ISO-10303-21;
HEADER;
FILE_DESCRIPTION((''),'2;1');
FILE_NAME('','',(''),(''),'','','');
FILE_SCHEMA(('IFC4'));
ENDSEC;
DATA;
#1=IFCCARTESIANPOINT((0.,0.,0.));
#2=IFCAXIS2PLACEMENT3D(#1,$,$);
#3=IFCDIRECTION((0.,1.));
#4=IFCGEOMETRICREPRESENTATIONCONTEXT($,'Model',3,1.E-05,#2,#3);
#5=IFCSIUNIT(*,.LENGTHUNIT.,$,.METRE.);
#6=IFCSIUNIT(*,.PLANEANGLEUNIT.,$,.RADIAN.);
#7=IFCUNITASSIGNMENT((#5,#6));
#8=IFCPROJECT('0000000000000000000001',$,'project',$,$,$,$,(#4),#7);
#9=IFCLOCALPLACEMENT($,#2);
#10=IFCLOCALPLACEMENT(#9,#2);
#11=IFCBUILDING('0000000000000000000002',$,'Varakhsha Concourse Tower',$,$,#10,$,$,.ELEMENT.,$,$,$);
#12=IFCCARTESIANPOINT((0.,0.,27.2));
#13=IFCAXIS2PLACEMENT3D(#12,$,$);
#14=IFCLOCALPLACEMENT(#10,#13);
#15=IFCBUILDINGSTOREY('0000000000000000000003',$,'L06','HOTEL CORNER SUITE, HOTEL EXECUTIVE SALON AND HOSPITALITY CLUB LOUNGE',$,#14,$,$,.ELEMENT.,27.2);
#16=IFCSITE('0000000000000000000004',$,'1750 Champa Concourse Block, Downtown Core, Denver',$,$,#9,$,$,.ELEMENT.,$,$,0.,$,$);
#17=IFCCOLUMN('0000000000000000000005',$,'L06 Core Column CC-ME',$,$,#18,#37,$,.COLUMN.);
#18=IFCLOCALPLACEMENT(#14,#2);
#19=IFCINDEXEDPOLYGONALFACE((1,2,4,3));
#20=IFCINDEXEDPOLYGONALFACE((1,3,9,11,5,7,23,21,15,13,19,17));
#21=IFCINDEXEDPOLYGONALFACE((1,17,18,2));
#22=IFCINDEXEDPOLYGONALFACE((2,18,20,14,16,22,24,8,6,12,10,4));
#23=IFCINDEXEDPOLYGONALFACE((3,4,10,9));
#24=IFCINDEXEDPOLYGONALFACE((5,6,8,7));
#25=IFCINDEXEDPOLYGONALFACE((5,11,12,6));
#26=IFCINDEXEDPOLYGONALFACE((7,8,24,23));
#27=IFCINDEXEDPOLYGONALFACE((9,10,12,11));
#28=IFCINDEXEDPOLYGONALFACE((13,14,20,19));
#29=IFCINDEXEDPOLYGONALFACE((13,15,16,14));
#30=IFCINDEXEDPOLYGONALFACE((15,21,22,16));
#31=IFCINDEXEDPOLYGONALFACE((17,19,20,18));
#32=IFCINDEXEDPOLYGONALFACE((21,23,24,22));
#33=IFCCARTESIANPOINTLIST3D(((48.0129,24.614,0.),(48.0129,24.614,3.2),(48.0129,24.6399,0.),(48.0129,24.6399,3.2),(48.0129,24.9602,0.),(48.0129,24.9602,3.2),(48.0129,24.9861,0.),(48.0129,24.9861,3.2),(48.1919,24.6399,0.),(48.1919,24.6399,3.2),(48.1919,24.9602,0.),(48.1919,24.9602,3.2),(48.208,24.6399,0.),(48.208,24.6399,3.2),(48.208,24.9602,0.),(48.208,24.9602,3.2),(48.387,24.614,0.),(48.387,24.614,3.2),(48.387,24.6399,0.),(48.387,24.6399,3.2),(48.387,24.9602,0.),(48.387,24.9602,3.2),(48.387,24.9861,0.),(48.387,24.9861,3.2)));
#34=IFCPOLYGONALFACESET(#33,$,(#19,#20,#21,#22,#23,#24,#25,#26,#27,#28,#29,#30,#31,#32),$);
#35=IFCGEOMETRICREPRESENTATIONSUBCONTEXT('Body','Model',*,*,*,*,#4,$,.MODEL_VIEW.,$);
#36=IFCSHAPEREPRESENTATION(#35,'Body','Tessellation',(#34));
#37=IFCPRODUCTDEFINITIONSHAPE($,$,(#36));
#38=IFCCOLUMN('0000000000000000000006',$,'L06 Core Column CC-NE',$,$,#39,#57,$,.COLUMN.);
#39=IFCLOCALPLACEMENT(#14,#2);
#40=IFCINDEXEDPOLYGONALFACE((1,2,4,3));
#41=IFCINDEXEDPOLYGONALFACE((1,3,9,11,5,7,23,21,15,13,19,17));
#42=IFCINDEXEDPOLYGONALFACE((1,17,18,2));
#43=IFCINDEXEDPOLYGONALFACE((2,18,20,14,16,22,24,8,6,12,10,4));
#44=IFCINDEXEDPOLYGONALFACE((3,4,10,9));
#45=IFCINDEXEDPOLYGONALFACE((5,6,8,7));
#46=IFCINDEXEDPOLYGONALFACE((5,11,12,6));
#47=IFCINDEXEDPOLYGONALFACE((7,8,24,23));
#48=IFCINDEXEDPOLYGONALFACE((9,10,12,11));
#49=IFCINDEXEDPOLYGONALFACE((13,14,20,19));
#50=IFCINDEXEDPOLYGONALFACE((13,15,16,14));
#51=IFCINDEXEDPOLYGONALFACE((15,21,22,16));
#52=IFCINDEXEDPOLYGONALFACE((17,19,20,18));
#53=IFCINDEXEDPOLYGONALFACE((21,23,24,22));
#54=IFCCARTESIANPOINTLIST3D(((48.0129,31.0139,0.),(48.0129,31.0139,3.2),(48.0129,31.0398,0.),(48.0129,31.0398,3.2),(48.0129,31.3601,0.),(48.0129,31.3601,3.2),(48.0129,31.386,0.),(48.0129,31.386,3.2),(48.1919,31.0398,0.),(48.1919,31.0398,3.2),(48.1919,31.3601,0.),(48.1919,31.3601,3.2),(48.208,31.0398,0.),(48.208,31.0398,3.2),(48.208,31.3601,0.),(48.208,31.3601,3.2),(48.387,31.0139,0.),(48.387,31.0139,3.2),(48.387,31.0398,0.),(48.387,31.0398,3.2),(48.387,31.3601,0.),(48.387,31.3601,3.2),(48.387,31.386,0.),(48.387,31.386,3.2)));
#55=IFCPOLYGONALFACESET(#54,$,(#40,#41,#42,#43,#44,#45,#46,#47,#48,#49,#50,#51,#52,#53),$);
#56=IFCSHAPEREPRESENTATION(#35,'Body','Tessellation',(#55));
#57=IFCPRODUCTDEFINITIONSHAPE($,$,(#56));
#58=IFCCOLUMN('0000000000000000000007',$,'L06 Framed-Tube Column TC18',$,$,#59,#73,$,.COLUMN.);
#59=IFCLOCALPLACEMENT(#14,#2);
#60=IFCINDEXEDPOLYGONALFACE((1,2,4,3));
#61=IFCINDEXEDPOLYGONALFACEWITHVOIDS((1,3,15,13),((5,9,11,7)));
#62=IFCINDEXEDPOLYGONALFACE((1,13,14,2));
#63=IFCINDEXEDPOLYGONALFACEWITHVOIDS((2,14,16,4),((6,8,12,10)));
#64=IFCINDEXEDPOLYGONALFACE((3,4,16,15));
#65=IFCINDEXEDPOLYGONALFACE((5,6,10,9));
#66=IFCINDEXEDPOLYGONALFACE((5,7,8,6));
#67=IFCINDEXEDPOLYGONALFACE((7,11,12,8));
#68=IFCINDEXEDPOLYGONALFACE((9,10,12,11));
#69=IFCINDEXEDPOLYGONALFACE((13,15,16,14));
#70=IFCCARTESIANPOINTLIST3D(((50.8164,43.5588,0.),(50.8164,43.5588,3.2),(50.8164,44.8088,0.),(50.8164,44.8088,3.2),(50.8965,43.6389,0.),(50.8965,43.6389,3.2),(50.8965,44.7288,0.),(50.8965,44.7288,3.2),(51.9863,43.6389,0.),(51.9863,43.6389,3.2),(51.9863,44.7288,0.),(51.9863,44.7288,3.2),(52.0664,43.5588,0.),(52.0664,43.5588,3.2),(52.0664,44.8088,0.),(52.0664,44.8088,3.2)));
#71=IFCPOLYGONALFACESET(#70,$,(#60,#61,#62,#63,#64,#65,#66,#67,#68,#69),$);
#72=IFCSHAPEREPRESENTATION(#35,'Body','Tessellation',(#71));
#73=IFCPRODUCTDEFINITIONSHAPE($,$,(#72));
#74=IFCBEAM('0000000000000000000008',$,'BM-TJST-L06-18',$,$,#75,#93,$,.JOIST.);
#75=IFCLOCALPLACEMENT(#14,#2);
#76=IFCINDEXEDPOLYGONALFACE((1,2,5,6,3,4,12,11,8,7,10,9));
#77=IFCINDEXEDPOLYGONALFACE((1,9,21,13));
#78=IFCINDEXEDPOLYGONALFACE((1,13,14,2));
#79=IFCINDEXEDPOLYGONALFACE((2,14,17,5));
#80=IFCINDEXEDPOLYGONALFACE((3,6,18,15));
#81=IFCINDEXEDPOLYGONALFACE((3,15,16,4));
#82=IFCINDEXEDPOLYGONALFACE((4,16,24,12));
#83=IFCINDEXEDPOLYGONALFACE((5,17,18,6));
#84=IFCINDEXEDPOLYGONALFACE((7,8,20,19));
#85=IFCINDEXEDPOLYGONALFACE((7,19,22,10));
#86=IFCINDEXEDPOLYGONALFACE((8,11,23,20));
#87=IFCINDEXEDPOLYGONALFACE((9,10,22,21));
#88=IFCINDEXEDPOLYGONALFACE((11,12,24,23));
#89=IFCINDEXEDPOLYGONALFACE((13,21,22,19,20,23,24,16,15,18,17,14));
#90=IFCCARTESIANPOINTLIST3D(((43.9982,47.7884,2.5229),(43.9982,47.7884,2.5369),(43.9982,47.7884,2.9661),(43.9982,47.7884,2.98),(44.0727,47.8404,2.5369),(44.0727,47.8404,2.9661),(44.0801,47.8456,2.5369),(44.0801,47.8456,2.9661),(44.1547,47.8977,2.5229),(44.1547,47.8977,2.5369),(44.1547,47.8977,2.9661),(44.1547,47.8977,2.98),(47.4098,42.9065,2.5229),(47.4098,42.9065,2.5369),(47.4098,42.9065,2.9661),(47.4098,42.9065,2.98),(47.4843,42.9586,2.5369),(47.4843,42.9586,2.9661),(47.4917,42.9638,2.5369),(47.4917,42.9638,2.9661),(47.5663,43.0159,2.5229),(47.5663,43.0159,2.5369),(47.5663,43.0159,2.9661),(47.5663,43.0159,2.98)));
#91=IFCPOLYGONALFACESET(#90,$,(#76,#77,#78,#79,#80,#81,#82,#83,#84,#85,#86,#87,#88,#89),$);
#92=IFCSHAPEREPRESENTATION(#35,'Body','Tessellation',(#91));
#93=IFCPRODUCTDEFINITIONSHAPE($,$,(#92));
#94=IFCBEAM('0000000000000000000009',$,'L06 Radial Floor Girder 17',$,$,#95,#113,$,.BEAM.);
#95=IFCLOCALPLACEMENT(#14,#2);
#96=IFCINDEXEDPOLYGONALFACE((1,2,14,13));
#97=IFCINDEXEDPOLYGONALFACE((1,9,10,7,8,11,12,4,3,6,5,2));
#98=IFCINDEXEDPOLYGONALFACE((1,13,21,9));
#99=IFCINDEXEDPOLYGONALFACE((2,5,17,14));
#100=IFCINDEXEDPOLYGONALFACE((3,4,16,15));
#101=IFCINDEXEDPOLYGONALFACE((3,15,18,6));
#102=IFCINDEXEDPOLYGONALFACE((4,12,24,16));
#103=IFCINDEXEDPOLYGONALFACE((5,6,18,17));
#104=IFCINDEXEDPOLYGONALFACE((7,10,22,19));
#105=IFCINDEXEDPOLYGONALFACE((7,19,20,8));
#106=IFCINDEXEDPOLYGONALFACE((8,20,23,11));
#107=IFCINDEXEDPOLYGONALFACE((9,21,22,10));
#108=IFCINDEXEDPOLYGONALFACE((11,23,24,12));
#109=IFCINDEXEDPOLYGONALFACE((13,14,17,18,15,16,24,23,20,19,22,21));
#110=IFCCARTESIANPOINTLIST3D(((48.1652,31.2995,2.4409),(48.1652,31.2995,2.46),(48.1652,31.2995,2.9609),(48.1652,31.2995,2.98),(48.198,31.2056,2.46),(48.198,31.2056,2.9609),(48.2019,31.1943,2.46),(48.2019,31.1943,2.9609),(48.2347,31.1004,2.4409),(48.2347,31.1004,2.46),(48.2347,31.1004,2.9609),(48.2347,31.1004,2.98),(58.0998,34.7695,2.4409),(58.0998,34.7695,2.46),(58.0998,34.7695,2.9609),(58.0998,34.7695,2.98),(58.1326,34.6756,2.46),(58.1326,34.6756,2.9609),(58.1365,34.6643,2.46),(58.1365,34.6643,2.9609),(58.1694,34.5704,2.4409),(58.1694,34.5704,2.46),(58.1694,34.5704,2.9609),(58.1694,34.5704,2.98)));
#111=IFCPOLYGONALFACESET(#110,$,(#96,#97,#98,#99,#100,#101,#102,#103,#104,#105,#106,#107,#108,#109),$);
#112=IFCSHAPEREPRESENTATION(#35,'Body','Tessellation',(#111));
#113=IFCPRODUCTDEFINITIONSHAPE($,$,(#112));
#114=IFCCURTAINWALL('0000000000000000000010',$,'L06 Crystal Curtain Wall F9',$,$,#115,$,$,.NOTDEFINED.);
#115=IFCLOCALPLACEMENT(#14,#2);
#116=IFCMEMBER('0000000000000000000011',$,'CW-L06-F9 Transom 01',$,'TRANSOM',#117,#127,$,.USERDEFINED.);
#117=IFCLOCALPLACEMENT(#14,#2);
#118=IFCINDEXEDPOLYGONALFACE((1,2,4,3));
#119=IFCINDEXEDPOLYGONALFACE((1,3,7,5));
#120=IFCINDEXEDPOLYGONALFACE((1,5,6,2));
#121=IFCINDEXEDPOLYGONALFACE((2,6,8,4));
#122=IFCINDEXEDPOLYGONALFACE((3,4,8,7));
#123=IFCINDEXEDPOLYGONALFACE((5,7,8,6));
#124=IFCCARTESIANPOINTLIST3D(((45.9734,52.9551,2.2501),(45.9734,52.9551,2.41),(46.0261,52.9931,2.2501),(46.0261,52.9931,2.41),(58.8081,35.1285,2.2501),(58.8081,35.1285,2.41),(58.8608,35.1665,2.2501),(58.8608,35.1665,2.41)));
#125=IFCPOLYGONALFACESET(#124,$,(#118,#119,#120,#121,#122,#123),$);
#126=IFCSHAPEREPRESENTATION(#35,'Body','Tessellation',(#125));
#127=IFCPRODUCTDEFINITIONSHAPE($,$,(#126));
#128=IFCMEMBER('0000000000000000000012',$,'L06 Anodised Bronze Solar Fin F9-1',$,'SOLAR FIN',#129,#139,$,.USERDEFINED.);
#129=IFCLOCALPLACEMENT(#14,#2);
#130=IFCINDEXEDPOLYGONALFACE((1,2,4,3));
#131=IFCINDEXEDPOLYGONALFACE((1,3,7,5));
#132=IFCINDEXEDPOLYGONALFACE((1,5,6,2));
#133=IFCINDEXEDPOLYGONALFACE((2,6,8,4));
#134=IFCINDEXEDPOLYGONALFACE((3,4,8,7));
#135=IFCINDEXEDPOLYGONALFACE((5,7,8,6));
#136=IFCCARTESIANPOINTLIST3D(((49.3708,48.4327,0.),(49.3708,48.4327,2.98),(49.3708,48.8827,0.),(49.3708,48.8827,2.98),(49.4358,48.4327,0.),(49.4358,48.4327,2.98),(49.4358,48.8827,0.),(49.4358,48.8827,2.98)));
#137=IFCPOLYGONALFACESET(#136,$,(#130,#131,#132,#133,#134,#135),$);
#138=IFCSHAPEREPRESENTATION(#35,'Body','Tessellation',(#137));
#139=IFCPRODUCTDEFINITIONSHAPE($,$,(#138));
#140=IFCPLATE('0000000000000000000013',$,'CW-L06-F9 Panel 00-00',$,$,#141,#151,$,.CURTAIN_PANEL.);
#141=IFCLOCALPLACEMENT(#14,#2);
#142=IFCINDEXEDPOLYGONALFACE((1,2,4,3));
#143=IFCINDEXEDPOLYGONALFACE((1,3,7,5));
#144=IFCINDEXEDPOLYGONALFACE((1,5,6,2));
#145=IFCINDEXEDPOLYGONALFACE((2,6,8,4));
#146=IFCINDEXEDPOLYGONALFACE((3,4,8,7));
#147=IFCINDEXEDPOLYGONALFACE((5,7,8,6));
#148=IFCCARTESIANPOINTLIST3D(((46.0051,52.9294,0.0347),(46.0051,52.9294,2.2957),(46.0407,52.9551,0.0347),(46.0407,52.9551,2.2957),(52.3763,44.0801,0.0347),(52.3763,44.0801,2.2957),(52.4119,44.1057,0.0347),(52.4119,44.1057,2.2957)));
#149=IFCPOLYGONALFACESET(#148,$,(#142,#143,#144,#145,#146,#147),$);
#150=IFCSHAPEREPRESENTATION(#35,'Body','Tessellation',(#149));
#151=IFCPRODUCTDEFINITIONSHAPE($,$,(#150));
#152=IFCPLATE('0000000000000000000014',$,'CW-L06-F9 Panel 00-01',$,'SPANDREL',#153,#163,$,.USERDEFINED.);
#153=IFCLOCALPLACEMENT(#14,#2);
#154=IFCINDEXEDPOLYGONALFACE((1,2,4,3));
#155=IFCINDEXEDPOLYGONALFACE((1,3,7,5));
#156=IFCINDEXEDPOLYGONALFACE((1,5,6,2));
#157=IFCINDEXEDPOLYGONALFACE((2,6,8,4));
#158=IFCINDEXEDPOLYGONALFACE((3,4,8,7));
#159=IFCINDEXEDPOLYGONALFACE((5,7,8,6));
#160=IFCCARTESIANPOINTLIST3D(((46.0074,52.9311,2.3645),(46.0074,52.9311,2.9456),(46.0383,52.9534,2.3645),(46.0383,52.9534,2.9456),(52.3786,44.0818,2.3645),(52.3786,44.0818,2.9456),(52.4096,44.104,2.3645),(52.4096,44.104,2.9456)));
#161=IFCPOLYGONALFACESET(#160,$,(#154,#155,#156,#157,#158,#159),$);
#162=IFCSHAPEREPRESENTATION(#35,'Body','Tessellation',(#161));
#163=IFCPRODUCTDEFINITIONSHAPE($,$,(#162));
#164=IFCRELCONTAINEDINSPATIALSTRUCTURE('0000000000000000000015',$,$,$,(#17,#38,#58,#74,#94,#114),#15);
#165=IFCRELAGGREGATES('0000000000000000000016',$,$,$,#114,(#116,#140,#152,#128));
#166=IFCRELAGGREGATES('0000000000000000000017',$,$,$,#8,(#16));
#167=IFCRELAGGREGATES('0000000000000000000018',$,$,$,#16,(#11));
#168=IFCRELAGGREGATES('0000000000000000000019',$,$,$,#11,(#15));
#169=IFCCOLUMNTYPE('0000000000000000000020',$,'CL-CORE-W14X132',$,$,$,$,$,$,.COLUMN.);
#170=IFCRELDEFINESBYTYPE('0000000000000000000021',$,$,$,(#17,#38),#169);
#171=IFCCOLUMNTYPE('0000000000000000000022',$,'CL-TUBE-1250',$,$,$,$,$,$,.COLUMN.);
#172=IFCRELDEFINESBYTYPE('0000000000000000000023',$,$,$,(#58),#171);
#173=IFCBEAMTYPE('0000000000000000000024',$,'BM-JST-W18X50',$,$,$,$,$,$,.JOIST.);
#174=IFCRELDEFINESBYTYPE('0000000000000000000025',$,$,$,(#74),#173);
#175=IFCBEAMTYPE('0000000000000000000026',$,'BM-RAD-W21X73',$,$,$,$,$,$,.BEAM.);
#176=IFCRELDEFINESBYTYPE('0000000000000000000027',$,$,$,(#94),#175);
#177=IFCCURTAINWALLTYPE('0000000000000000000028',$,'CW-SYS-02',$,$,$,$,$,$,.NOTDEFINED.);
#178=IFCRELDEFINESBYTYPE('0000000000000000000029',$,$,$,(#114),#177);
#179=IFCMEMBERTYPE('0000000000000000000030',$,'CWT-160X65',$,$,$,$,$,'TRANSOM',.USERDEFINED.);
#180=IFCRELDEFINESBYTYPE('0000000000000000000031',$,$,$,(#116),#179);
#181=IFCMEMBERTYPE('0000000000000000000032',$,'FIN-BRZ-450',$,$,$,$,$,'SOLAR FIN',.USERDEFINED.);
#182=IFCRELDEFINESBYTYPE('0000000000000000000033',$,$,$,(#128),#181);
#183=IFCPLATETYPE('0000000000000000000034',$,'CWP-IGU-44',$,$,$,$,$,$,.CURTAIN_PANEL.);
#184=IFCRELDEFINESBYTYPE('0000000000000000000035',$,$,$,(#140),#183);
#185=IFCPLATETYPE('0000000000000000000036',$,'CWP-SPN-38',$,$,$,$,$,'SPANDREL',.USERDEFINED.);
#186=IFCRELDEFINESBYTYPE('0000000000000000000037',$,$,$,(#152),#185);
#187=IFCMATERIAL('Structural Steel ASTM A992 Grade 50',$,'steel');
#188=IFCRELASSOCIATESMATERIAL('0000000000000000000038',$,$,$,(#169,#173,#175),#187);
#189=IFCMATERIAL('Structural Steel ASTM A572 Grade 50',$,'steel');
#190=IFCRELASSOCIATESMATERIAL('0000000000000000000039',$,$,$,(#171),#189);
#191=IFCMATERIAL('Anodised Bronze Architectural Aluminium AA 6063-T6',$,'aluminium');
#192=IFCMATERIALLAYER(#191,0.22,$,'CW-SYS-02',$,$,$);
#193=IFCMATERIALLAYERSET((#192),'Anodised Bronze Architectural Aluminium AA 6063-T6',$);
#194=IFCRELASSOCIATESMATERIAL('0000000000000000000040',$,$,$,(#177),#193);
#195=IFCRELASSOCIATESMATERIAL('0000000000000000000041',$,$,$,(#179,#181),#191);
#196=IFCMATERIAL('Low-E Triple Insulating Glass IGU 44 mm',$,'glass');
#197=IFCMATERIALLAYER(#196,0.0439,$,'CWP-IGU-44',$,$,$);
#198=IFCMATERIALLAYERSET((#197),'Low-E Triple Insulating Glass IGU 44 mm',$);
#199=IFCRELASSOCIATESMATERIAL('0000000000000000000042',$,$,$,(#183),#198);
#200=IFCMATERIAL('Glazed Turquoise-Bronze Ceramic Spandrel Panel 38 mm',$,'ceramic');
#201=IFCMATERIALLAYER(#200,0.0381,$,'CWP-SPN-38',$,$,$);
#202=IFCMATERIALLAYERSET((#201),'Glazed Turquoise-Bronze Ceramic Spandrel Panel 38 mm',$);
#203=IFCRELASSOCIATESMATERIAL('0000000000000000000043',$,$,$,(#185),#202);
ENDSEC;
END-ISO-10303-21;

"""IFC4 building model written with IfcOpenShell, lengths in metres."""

from ifc_helpers import new_model, si_unit, direction, frame, origin, origin_2d, place, context, subcontext, project, spatial, rectangle, hollow_rectangle, i_section, extrude, source, transform, mapped, material, layer, layer_set, material_profile, profile_set, type_object, type_shapes, element, aggregate, save


model = new_model("IFC4")

# Units and contexts
model_context = context("Model", 3, precision=1e-05, world=origin(), true_north=direction((0.0, 1.0)))
body_context = subcontext(model_context, "Body", "Model", "MODEL_VIEW")
ifc_project = project(units=[si_unit("LENGTHUNIT", "METRE"), si_unit("PLANEANGLEUNIT", "RADIAN")], contexts=[model_context])

# Site, building, storey
site_placement = place(None, origin())
site = spatial("IfcSite", under=ifc_project, at=site_placement, Name="1750 Champa Concourse Block, Downtown Core, Denver", CompositionType="ELEMENT", RefElevation=0.0)
building_placement = place(site_placement, origin())
building = spatial("IfcBuilding", under=site, at=building_placement, Name="Varakhsha Concourse Tower", CompositionType="ELEMENT")
storey_placement = place(building_placement, frame((0.0, 0.0, 27.2)))
storey = spatial("IfcBuildingStorey", under=building, at=storey_placement, Name="L06", Description="HOTEL CORNER SUITE, HOTEL EXECUTIVE SALON AND HOSPITALITY CLUB LOUNGE", CompositionType="ELEMENT", Elevation=27.2)

# Columns
ifc_material_1 = material(Name="Structural Steel ASTM A992 Grade 50", Category="steel")
ifc_material_profile_1 = material_profile(ifc_material_1, i_section(OverallWidth=0.374, OverallDepth=0.3721, WebThickness=0.0161, FlangeThickness=0.0259, at=origin_2d()), Name="W14X132")
ifc_profile_set_1 = profile_set([ifc_material_profile_1], Name="Structural Steel ASTM A992 Grade 50")
column_type_1 = type_object("IfcColumnType", Name="CL-CORE-W14X132", PredefinedType="COLUMN", material=ifc_profile_set_1)
for number, where, z_axis, x_axis, name in (
    (1, (48.2, 24.8, 0.0), (0.0, 0.0, 1.0), (1.0, 0.0, 0.0), "L06 Core Column CC-ME"),
    (2, (48.2, 31.2, 0.0), (0.0, 0.0, 1.0), (1.0, 0.0, 0.0), "L06 Core Column CC-NE"),
):
    element("IfcColumn", number, at=place(storey_placement, frame(where, z_axis=z_axis, x_axis=x_axis)), inside=storey, type_object=column_type_1, Name=name, PredefinedType="COLUMN", context=body_context, shape_type="SweptSolid", body=[
        extrude(i_section(OverallWidth=0.374, OverallDepth=0.3721, WebThickness=0.0161, FlangeThickness=0.0259, at=origin_2d()), origin(), (0.0, 0.0, 1.0), 3.2),
    ])
ifc_material_2 = material(Name="Structural Steel ASTM A572 Grade 50", Category="steel")
ifc_material_profile_2 = material_profile(ifc_material_2, hollow_rectangle(XDim=1.25, YDim=1.25, WallThickness=0.0801, at=origin_2d()), Name="BOX 1250x1250x80")
ifc_profile_set_2 = profile_set([ifc_material_profile_2], Name="Structural Steel ASTM A572 Grade 50")
column_type_2 = type_object("IfcColumnType", Name="CL-TUBE-1250", PredefinedType="COLUMN", material=ifc_profile_set_2)
column_placement = place(storey_placement, frame((51.4414, 44.1838, 0.0), z_axis=(0.0, 0.0, 1.0), x_axis=(1.0, 0.0, 0.0)))
element("IfcColumn", 3, at=column_placement, inside=storey, type_object=column_type_2, Name="L06 Framed-Tube Column TC18", PredefinedType="COLUMN", context=body_context, shape_type="SweptSolid", body=[
    extrude(hollow_rectangle(XDim=1.25, YDim=1.25, WallThickness=0.0801, at=origin_2d()), origin(), (0.0, 0.0, 1.0), 3.2),
])

# Beams
ifc_material_profile_3 = material_profile(ifc_material_1, i_section(OverallWidth=0.1909, OverallDepth=0.457, WebThickness=0.009, FlangeThickness=0.0139, at=origin_2d()), Name="W18X50")
ifc_profile_set_3 = profile_set([ifc_material_profile_3], Name="Structural Steel ASTM A992 Grade 50")
beam_type_1 = type_object("IfcBeamType", Name="BM-JST-W18X50", PredefinedType="JOIST", material=ifc_profile_set_3)
beam_1_placement = place(storey_placement, frame((47.488, 42.9612, 2.7515), z_axis=(-0.572824, 0.819678, 0.0), x_axis=(-0.819678, -0.572824, 0.0)))
element("IfcBeam", 4, at=beam_1_placement, inside=storey, type_object=beam_type_1, Name="BM-TJST-L06-18", PredefinedType="JOIST", context=body_context, shape_type="SweptSolid", body=[
    extrude(i_section(OverallWidth=0.1909, OverallDepth=0.457, WebThickness=0.009, FlangeThickness=0.0139, at=origin_2d()), origin(), (0.0, 0.0, 1.0), 5.9558),
])
ifc_material_profile_4 = material_profile(ifc_material_1, i_section(OverallWidth=0.2109, OverallDepth=0.5391, WebThickness=0.012, FlangeThickness=0.019, at=origin_2d()), Name="W21X73")
ifc_profile_set_4 = profile_set([ifc_material_profile_4], Name="Structural Steel ASTM A992 Grade 50")
beam_type_2 = type_object("IfcBeamType", Name="BM-RAD-W21X73", PredefinedType="BEAM", material=ifc_profile_set_4)
beam_2_placement = place(storey_placement, frame((48.2, 31.2, 2.7104), z_axis=(0.944069, 0.329747, 0.0), x_axis=(-0.329747, 0.944069, 0.0)))
element("IfcBeam", 5, at=beam_2_placement, inside=storey, type_object=beam_type_2, Name="L06 Radial Floor Girder 17", PredefinedType="BEAM", context=body_context, shape_type="SweptSolid", body=[
    extrude(i_section(OverallWidth=0.2109, OverallDepth=0.5391, WebThickness=0.012, FlangeThickness=0.019, at=origin_2d()), origin(), (0.0, 0.0, 1.0), 10.5232),
])

# Curtain wall, members, plates
ifc_material_3 = material(Name="Anodised Bronze Architectural Aluminium AA 6063-T6", Category="aluminium")
ifc_layer_1 = layer(ifc_material_3, 0.22, Name="CW-SYS-02")
ifc_layer_set_1 = layer_set([ifc_layer_1], Name="Anodised Bronze Architectural Aluminium AA 6063-T6")
curtain_wall_type = type_object("IfcCurtainWallType", Name="CW-SYS-02", PredefinedType="NOTDEFINED", material=ifc_layer_set_1)
curtain_wall_placement = place(storey_placement, origin())
curtain_wall = element("IfcCurtainWall", 6, at=curtain_wall_placement, inside=storey, type_object=curtain_wall_type, Name="L06 Crystal Curtain Wall F9", PredefinedType="NOTDEFINED")
ifc_material_profile_5 = material_profile(ifc_material_3, rectangle(XDim=0.0649, YDim=0.1599, at=origin_2d()), Name="CWT-160X65")
ifc_profile_set_5 = profile_set([ifc_material_profile_5], Name="Anodised Bronze Architectural Aluminium AA 6063-T6")
member_type_1 = type_object("IfcMemberType", Name="CWT-160X65", ElementType="TRANSOM", PredefinedType="USERDEFINED", material=ifc_profile_set_5)
shared_shape_1 = source(origin(), body_context, "Body", "SweptSolid", [
    extrude(rectangle(XDim=0.0649, YDim=0.1599, at=origin_2d()), origin(), (0.0, 0.0, 1.0), 21.9663),
])
type_shapes(member_type_1, [shared_shape_1])
member_1_placement = place(storey_placement, frame((45.9998, 52.9741, 2.3301), z_axis=(0.58429, -0.811545, 0.0), x_axis=(0.811545, 0.58429, 0.0)))
member_1 = element("IfcMember", 7, at=member_1_placement, type_object=member_type_1, Name="CW-L06-F9 Transom 01", ObjectType="TRANSOM", PredefinedType="USERDEFINED", context=body_context, shape_type="MappedRepresentation", body=[
    mapped(shared_shape_1, transform((0.0, 0.0, 0.0), scale=1.0)),
])
ifc_material_profile_6 = material_profile(ifc_material_3, rectangle(XDim=0.0649, YDim=0.45, at=origin_2d()), Name="FIN-BRZ-450")
ifc_profile_set_6 = profile_set([ifc_material_profile_6], Name="Anodised Bronze Architectural Aluminium AA 6063-T6")
member_type_2 = type_object("IfcMemberType", Name="FIN-BRZ-450", ElementType="SOLAR FIN", PredefinedType="USERDEFINED", material=ifc_profile_set_6)
shared_shape_2 = source(origin(), body_context, "Body", "SweptSolid", [
    extrude(rectangle(XDim=0.0649, YDim=0.45, at=origin_2d()), origin(), (0.0, 0.0, 1.0), 2.98),
])
type_shapes(member_type_2, [shared_shape_2])
member_2_placement = place(storey_placement, frame((49.4033, 48.6577, 0.0), z_axis=(0.0, 0.0, 1.0), x_axis=(1.0, 0.0, 0.0)))
member_2 = element("IfcMember", 8, at=member_2_placement, type_object=member_type_2, Name="L06 Anodised Bronze Solar Fin F9-1", ObjectType="SOLAR FIN", PredefinedType="USERDEFINED", context=body_context, shape_type="MappedRepresentation", body=[
    mapped(shared_shape_2, transform((0.0, 0.0, 0.0), scale=1.0)),
])
ifc_material_4 = material(Name="Low-E Triple Insulating Glass IGU 44 mm", Category="glass")
ifc_layer_2 = layer(ifc_material_4, 0.0439, Name="CWP-IGU-44")
ifc_layer_set_2 = layer_set([ifc_layer_2], Name="Low-E Triple Insulating Glass IGU 44 mm")
plate_type_1 = type_object("IfcPlateType", Name="CWP-IGU-44", PredefinedType="CURTAIN_PANEL", material=ifc_layer_set_2)
shared_shape_3 = source(origin(), body_context, "Body", "SweptSolid", [
    extrude(rectangle(XDim=10.9043, YDim=0.0439, at=origin_2d()), origin(), (0.0, 0.0, 1.0), 2.261),
])
type_shapes(plate_type_1, [shared_shape_3])
plate_1_placement = place(storey_placement, frame((49.2085, 48.5176, 0.0347), z_axis=(0.0, 0.0, 1.0), x_axis=(0.584284, -0.81155, 0.0)))
plate_1 = element("IfcPlate", 9, at=plate_1_placement, type_object=plate_type_1, Name="CW-L06-F9 Panel 00-00", PredefinedType="CURTAIN_PANEL", context=body_context, shape_type="MappedRepresentation", body=[
    mapped(shared_shape_3, transform((0.0, 0.0, 0.0), scale=1.0)),
])
ifc_material_5 = material(Name="Glazed Turquoise-Bronze Ceramic Spandrel Panel 38 mm", Category="ceramic")
ifc_layer_3 = layer(ifc_material_5, 0.0381, Name="CWP-SPN-38")
ifc_layer_set_3 = layer_set([ifc_layer_3], Name="Glazed Turquoise-Bronze Ceramic Spandrel Panel 38 mm")
plate_type_2 = type_object("IfcPlateType", Name="CWP-SPN-38", ElementType="SPANDREL", PredefinedType="USERDEFINED", material=ifc_layer_set_3)
shared_shape_4 = source(origin(), body_context, "Body", "SweptSolid", [
    extrude(rectangle(XDim=10.9043, YDim=0.0381, at=origin_2d()), origin(), (0.0, 0.0, 1.0), 0.5811),
])
type_shapes(plate_type_2, [shared_shape_4])
plate_2_placement = place(storey_placement, frame((49.2085, 48.5176, 2.3645), z_axis=(0.0, 0.0, 1.0), x_axis=(0.584284, -0.81155, 0.0)))
plate_2 = element("IfcPlate", 10, at=plate_2_placement, type_object=plate_type_2, Name="CW-L06-F9 Panel 00-01", ObjectType="SPANDREL", PredefinedType="USERDEFINED", context=body_context, shape_type="MappedRepresentation", body=[
    mapped(shared_shape_4, transform((0.0, 0.0, 0.0), scale=1.0)),
])
aggregate(curtain_wall, [member_1, plate_1, plate_2, member_2])

save(model, "model.ifc")
